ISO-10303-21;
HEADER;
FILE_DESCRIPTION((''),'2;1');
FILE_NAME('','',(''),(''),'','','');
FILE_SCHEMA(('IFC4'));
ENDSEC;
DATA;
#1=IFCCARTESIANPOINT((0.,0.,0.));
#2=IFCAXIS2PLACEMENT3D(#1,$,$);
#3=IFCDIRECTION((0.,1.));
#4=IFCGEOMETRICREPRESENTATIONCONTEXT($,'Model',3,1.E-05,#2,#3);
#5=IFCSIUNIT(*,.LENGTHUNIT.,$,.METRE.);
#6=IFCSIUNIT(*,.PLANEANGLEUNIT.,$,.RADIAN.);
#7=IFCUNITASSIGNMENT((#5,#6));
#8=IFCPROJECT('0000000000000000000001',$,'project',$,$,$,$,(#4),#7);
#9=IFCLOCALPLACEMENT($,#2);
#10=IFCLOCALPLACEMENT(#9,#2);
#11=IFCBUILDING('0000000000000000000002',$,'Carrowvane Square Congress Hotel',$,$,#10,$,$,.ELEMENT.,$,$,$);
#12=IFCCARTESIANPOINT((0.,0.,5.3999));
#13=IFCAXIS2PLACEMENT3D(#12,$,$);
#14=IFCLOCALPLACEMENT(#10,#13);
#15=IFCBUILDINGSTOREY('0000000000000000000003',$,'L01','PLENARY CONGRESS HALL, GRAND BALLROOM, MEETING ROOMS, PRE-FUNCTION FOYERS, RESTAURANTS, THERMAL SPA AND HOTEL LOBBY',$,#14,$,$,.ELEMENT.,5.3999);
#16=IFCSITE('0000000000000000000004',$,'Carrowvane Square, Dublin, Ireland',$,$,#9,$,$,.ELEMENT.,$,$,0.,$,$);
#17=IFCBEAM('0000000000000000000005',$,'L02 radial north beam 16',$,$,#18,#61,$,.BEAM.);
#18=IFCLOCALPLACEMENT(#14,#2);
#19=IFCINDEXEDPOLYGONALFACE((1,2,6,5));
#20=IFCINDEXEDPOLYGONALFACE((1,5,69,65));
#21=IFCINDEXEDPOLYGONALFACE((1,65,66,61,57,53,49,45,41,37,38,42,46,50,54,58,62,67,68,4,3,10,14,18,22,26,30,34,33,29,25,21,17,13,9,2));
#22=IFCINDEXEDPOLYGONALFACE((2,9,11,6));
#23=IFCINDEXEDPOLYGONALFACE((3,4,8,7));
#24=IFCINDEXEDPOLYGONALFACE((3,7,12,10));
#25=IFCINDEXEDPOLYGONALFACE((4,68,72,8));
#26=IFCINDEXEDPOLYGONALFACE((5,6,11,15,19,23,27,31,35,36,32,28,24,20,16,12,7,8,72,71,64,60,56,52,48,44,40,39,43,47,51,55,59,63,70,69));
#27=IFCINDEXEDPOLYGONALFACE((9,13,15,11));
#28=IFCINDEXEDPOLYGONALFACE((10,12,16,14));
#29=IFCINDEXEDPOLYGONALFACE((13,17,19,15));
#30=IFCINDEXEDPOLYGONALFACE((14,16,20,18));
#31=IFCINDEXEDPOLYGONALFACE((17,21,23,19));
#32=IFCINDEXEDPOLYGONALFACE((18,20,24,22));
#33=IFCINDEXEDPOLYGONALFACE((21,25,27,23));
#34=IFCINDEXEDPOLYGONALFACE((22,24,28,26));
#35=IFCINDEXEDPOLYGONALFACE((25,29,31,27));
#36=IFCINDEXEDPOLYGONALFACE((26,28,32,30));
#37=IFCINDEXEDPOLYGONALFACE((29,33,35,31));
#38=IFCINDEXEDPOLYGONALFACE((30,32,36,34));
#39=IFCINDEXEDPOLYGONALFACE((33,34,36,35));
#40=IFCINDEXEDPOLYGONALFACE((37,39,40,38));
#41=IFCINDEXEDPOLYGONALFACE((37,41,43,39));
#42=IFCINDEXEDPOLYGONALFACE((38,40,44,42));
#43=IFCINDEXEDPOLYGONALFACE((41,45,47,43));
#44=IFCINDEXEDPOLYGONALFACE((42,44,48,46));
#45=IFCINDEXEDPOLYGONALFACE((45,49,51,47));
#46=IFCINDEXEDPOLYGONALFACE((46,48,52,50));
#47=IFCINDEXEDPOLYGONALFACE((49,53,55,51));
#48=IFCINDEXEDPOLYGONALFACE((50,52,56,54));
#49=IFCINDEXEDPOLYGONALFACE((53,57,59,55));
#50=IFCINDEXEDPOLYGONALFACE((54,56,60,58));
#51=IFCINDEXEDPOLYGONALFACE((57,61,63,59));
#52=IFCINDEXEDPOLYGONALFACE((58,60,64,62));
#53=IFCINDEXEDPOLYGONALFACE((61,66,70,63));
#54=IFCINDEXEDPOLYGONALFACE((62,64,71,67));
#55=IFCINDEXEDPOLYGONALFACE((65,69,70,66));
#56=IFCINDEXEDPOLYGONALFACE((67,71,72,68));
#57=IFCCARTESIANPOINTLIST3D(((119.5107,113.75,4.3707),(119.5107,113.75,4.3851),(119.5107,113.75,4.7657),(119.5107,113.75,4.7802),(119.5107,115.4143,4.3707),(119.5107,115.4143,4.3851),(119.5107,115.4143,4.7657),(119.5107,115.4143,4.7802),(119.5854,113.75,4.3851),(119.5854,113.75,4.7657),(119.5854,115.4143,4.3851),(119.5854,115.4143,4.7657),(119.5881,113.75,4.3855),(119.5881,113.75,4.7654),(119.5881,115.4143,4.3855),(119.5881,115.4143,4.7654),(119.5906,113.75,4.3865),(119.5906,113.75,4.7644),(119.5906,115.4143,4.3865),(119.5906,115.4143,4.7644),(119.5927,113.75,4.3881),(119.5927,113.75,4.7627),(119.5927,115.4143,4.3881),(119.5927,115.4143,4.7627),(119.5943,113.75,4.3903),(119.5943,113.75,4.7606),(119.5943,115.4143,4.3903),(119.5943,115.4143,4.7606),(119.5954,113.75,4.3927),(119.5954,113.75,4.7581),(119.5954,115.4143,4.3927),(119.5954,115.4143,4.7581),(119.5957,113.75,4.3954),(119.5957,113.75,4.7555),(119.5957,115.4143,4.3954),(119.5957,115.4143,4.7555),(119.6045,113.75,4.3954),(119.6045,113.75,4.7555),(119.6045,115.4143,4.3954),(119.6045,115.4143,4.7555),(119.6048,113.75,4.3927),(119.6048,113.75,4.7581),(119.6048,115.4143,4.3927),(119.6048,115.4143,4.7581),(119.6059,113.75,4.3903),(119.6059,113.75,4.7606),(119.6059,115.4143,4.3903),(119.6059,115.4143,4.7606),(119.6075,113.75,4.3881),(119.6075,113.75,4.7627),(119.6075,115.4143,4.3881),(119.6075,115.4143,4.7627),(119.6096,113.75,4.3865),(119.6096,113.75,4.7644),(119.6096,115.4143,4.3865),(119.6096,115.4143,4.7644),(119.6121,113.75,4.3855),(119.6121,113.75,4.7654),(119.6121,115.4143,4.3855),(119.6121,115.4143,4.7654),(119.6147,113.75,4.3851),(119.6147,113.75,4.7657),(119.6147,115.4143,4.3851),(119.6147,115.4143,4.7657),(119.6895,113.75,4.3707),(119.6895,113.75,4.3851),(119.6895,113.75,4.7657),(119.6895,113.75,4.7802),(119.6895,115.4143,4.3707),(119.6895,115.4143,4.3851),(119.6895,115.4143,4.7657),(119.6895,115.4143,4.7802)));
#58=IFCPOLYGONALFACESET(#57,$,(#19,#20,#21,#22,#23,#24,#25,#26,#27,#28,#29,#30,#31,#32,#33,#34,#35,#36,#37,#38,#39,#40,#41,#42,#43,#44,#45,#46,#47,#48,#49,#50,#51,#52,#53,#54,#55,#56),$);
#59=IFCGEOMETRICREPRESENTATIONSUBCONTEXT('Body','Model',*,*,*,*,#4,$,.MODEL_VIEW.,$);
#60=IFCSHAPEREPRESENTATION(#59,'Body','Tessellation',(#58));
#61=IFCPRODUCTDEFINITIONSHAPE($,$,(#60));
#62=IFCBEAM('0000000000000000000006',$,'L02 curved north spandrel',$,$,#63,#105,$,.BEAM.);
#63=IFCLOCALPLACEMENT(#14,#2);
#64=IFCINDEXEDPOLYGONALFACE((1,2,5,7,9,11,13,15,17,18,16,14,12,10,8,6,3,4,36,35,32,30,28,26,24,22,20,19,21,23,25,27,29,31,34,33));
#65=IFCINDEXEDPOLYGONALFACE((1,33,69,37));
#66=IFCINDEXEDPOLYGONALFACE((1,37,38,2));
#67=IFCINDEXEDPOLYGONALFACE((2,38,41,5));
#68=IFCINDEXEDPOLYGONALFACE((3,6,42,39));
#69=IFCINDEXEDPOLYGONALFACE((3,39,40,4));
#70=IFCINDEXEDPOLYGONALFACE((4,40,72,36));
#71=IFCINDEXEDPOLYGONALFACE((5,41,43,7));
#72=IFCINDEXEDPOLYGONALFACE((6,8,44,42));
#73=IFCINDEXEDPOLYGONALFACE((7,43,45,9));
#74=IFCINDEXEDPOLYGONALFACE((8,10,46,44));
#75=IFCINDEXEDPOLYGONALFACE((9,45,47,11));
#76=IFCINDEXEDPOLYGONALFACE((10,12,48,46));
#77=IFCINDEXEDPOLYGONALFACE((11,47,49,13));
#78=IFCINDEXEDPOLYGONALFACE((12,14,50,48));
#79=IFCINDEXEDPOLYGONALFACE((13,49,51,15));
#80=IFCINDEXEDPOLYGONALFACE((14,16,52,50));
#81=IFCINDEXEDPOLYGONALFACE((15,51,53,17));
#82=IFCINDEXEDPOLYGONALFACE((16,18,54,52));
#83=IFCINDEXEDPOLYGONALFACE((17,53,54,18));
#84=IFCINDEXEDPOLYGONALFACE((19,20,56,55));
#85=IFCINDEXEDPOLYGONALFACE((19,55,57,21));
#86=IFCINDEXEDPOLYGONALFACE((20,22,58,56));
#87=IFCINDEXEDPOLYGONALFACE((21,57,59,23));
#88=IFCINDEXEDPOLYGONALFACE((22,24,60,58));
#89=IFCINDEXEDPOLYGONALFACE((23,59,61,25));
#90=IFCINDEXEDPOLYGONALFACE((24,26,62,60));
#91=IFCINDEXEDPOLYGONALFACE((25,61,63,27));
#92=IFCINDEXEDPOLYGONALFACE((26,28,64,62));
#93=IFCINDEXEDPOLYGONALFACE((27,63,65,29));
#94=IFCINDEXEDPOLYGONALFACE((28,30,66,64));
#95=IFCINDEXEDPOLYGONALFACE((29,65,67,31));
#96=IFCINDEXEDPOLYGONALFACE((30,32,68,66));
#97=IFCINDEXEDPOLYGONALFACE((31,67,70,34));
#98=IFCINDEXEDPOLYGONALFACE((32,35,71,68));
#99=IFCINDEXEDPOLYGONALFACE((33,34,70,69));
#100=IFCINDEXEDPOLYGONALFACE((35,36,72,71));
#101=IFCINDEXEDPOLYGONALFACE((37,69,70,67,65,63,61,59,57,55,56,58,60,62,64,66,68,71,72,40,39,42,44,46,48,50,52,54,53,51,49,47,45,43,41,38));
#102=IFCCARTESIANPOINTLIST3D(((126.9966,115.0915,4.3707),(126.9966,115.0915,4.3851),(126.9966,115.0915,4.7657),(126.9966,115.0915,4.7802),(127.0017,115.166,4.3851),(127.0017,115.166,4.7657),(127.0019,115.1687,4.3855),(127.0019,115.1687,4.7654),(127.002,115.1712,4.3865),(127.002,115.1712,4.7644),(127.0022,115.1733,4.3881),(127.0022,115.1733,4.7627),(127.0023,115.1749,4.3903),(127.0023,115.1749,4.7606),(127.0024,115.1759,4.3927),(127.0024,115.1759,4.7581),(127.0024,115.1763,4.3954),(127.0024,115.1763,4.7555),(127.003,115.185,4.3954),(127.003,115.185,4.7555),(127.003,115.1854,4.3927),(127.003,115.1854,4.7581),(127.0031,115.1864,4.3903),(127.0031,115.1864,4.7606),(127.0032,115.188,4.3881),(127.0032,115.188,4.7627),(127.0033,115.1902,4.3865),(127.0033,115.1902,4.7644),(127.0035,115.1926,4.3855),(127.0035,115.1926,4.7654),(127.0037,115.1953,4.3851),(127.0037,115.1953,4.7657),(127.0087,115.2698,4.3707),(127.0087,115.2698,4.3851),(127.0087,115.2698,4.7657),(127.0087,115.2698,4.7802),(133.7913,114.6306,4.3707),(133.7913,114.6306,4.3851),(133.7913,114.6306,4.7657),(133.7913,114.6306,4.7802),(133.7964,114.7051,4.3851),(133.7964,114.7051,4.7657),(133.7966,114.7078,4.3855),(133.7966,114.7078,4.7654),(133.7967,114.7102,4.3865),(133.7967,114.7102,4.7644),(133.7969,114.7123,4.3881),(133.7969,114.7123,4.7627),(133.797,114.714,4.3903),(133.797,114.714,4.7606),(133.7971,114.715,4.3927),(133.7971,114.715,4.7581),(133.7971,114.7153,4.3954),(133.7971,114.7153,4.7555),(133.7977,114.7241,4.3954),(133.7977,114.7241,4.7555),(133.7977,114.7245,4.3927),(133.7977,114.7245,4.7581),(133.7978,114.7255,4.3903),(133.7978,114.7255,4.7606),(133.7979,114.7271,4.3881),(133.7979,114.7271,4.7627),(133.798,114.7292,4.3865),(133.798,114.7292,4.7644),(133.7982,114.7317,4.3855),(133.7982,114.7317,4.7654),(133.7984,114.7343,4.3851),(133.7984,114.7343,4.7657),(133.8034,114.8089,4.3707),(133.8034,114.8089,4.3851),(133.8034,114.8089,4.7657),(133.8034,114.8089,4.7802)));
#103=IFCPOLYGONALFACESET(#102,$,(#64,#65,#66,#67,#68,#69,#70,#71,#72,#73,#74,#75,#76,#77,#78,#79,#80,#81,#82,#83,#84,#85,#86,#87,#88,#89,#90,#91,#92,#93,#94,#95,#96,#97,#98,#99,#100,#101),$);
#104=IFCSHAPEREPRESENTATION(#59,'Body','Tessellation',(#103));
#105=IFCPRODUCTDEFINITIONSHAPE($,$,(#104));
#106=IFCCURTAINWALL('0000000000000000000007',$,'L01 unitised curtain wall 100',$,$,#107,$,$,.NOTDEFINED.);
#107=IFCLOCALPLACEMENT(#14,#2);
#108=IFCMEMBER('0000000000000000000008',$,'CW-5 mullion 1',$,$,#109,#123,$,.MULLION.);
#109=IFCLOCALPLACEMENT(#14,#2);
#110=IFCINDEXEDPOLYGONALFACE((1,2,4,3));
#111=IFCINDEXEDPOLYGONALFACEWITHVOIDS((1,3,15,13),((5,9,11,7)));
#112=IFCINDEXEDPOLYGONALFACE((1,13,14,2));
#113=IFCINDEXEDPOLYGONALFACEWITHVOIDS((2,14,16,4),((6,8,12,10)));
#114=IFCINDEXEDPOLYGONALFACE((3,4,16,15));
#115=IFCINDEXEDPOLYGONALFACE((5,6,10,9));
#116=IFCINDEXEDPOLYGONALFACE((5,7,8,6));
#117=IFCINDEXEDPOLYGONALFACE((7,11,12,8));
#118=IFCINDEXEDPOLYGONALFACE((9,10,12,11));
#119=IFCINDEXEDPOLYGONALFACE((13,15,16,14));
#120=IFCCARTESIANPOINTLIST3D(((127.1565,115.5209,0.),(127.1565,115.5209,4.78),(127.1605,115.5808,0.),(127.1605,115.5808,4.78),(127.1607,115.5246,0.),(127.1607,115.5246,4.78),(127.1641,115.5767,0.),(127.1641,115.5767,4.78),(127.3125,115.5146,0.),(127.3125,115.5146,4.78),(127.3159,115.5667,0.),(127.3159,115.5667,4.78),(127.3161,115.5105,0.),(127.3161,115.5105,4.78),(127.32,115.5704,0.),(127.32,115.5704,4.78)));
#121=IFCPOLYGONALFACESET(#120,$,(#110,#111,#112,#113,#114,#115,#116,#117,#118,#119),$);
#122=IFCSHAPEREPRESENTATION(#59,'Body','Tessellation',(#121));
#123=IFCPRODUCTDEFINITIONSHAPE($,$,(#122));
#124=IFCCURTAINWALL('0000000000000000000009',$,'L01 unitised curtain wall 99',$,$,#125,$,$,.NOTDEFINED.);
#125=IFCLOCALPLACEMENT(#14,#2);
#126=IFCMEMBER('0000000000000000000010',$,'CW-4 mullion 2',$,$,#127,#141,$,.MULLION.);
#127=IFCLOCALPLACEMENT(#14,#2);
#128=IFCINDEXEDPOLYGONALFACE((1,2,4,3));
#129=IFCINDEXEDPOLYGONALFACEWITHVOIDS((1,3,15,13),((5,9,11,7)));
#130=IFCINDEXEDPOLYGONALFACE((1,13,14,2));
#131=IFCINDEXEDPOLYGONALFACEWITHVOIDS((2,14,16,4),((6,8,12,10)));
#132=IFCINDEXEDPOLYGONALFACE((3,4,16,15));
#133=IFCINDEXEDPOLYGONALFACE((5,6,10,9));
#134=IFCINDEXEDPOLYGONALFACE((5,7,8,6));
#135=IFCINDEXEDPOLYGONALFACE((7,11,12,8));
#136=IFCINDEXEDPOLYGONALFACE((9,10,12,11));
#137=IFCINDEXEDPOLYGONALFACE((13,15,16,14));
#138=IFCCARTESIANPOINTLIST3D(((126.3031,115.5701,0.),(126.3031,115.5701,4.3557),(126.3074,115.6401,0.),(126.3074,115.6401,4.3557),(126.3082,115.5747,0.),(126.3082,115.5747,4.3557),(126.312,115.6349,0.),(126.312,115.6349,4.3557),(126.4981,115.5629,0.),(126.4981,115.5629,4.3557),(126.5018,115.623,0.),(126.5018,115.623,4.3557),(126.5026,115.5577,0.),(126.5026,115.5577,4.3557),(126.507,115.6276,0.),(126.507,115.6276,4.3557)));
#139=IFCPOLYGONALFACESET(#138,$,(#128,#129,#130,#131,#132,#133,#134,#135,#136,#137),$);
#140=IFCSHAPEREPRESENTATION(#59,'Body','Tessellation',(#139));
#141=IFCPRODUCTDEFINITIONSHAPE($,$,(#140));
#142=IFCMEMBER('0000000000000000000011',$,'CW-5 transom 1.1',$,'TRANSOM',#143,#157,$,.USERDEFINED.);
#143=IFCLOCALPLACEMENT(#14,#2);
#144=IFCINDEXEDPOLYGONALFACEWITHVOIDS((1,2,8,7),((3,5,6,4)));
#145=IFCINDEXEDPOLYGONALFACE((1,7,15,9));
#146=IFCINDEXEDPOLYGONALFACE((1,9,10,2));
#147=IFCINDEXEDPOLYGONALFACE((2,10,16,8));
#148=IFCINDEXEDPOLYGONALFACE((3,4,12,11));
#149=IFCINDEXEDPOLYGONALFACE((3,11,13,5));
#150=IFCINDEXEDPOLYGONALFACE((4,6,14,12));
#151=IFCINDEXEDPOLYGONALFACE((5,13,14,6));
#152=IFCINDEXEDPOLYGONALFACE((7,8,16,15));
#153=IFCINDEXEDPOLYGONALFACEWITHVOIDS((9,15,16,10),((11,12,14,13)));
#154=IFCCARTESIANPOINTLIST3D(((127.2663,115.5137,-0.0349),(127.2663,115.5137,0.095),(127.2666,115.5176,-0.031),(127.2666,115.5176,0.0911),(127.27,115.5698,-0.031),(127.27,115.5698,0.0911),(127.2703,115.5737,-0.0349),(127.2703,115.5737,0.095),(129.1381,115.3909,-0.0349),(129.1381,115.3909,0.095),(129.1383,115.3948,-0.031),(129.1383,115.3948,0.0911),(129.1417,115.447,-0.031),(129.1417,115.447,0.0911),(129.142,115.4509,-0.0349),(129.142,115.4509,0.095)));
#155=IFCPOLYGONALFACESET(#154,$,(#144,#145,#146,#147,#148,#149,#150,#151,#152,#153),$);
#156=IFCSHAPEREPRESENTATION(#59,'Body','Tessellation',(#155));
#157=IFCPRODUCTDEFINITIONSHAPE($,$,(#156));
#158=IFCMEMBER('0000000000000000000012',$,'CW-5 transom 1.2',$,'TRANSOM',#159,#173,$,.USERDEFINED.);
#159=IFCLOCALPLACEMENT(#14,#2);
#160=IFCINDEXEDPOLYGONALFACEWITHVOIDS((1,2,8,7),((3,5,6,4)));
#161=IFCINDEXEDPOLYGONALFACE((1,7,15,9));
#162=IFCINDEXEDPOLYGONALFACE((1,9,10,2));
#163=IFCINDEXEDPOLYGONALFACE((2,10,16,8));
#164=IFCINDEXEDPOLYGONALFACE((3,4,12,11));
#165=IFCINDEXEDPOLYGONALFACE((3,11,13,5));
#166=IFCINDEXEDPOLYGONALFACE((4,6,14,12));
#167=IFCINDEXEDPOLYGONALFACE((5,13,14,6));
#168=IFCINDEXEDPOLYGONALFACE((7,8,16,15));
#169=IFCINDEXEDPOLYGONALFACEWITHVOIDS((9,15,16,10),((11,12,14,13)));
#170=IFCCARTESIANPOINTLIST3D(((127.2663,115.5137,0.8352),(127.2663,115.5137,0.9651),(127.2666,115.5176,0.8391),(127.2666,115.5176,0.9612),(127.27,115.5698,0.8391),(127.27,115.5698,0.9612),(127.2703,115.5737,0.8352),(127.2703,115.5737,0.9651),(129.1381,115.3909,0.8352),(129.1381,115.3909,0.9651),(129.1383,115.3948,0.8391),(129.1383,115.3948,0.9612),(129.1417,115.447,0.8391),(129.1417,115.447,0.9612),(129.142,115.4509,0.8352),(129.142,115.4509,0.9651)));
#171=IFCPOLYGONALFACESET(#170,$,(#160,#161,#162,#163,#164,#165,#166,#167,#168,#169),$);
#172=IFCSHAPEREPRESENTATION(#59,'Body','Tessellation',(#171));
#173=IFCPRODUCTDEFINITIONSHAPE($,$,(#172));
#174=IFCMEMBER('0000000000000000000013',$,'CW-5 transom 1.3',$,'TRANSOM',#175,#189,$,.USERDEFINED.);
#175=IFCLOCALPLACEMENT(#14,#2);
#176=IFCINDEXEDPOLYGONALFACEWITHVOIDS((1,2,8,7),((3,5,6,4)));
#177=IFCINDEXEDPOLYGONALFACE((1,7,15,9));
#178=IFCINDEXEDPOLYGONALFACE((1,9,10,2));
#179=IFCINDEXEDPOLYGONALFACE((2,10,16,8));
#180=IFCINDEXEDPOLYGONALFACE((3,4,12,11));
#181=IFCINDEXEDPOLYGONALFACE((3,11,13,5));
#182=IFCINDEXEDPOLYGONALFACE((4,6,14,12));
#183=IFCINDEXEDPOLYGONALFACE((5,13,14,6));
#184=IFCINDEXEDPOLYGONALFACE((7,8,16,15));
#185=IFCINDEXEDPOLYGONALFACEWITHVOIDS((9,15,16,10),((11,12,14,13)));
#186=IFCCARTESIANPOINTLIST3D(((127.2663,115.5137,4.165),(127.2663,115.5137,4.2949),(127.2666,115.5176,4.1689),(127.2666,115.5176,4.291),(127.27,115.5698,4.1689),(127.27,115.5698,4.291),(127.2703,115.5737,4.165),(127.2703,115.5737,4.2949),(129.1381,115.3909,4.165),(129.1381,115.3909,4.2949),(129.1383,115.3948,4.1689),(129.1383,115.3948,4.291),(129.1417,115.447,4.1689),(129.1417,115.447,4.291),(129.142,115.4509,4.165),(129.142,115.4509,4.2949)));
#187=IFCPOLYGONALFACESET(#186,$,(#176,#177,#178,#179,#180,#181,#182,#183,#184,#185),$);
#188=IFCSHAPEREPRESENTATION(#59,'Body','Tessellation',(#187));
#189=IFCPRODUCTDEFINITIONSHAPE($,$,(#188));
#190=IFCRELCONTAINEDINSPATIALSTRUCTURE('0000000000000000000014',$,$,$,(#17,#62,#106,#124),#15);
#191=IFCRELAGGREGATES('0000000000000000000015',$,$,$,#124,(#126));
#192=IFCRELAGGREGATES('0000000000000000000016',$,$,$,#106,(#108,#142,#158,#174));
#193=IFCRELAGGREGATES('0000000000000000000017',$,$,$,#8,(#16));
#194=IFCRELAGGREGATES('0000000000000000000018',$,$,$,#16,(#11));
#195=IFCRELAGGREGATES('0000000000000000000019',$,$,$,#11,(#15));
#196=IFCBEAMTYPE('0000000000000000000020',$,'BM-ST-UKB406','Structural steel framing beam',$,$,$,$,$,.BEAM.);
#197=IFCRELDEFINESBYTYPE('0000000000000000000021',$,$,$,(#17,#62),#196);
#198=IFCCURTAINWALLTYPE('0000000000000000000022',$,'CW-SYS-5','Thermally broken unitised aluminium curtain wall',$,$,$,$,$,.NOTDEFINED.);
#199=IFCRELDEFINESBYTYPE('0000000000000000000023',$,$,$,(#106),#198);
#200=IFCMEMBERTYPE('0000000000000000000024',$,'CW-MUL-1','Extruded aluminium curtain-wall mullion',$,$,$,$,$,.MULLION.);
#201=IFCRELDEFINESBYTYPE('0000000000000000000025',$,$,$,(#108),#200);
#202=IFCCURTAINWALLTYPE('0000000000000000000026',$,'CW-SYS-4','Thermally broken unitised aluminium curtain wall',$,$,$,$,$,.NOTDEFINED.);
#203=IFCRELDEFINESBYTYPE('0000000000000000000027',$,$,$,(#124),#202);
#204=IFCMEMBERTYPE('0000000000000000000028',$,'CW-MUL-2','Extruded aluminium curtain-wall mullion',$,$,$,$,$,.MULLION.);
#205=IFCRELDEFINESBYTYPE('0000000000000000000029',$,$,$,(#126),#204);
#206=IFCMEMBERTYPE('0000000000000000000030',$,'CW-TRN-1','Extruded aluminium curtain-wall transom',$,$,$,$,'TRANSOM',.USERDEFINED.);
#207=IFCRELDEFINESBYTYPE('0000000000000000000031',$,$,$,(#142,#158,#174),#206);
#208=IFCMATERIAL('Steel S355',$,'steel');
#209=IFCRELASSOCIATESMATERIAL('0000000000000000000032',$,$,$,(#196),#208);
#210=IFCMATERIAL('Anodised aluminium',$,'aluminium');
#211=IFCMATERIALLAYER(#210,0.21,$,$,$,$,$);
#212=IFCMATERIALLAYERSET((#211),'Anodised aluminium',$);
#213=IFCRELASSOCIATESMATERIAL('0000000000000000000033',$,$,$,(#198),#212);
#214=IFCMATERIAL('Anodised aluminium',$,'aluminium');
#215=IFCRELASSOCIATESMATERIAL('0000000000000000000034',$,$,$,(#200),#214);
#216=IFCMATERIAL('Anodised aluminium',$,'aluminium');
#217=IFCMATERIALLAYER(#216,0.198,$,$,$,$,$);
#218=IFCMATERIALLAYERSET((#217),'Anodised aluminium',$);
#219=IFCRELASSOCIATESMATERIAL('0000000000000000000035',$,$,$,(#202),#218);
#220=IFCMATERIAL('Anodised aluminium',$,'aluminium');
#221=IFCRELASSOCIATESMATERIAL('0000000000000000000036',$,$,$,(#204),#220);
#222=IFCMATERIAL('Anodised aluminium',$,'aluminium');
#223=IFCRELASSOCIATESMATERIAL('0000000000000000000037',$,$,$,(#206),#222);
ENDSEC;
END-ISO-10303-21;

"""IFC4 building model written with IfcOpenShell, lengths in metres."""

from ifc_helpers import new_model, si_unit, direction, frame, origin, origin_2d, place, context, subcontext, project, spatial, hollow_rectangle, i_section, extrude, material, layer, layer_set, material_profile, profile_set, type_object, element, aggregate, save


model = new_model("IFC4")

# Units and contexts
model_context = context("Model", 3, precision=1e-05, world=origin(), true_north=direction((0.0, 1.0)))
body_context = subcontext(model_context, "Body", "Model", "MODEL_VIEW")
ifc_project = project(units=[si_unit("LENGTHUNIT", "METRE"), si_unit("PLANEANGLEUNIT", "RADIAN")], contexts=[model_context])

# Site, building, storey
site_placement = place(None, origin())
site = spatial("IfcSite", under=ifc_project, at=site_placement, Name="Carrowvane Square, Dublin, Ireland", CompositionType="ELEMENT", RefElevation=0.0)
building_placement = place(site_placement, origin())
building = spatial("IfcBuilding", under=site, at=building_placement, Name="Carrowvane Square Congress Hotel", CompositionType="ELEMENT")
storey_placement = place(building_placement, frame((0.0, 0.0, 5.3999)))
storey = spatial("IfcBuildingStorey", under=building, at=storey_placement, Name="L01", Description="PLENARY CONGRESS HALL, GRAND BALLROOM, MEETING ROOMS, PRE-FUNCTION FOYERS, RESTAURANTS, THERMAL SPA AND HOTEL LOBBY", CompositionType="ELEMENT", Elevation=5.3999)

# Beams
ifc_material_1 = material(Name="Steel S355", Category="steel")
ifc_material_profile_1 = material_profile(ifc_material_1, i_section(OverallWidth=0.1787, OverallDepth=0.4094, WebThickness=0.0088, FlangeThickness=0.0144, FilletRadius=0.0103, at=origin_2d()), Name="UKB 406x178x67")
ifc_profile_set_1 = profile_set([ifc_material_profile_1], Name="Steel S355")
beam_type_1 = type_object("IfcBeamType", Name="BM-ST-UKB406", Description="Structural steel framing beam", PredefinedType="BEAM", material=ifc_profile_set_1)
beam_1_placement = place(storey_placement, frame((119.6001, 113.75, 4.5754), z_axis=(0.0, 1.0, 0.0), x_axis=(-1.0, 0.0, 0.0)))
element("IfcBeam", 1, at=beam_1_placement, inside=storey, type_object=beam_type_1, Name="L02 radial north beam 16", PredefinedType="BEAM", context=body_context, shape_type="SweptSolid", body=[
    extrude(i_section(OverallWidth=0.1787, OverallDepth=0.4094, WebThickness=0.0088, FlangeThickness=0.0144, FilletRadius=0.0103, at=origin_2d()), origin(), (0.0, 0.0, 1.0), 1.6643),
])
beam_2_placement = place(storey_placement, frame((127.0027, 115.1807, 4.5754), z_axis=(0.997707, -0.067682, 0.0), x_axis=(0.067682, 0.997707, 0.0)))
element("IfcBeam", 2, at=beam_2_placement, inside=storey, type_object=beam_type_1, Name="L02 curved north spandrel", PredefinedType="BEAM", context=body_context, shape_type="SweptSolid", body=[
    extrude(i_section(OverallWidth=0.1787, OverallDepth=0.4094, WebThickness=0.0088, FlangeThickness=0.0144, FilletRadius=0.0103, at=origin_2d()), origin(), (0.0, 0.0, 1.0), 6.8103),
])

# Curtain walls, members
ifc_material_2 = material(Name="Anodised aluminium", Category="aluminium")
ifc_layer_1 = layer(ifc_material_2, 0.21)
ifc_layer_set_1 = layer_set([ifc_layer_1], Name="Anodised aluminium")
curtain_wall_type_1 = type_object("IfcCurtainWallType", Name="CW-SYS-5", Description="Thermally broken unitised aluminium curtain wall", PredefinedType="NOTDEFINED", material=ifc_layer_set_1)
curtain_wall_1_placement = place(storey_placement, origin())
curtain_wall_1 = element("IfcCurtainWall", 3, at=curtain_wall_1_placement, inside=storey, type_object=curtain_wall_type_1, Name="L01 unitised curtain wall 100", PredefinedType="NOTDEFINED")
ifc_material_3 = material(Name="Anodised aluminium", Category="aluminium")
ifc_material_profile_2 = material_profile(ifc_material_3, hollow_rectangle(XDim=0.0601, YDim=0.1599, WallThickness=0.0039, at=origin_2d()), Name="CW-ML 60x160x4")
ifc_profile_set_2 = profile_set([ifc_material_profile_2], Name="Anodised aluminium")
member_type_1 = type_object("IfcMemberType", Name="CW-MUL-1", Description="Extruded aluminium curtain-wall mullion", PredefinedType="MULLION", material=ifc_profile_set_2)
member_1_placement = place(storey_placement, frame((127.2383, 115.5457, 0.0), z_axis=(0.0, 0.0, 1.0), x_axis=(0.065414, 0.997858, 0.0)))
member_1 = element("IfcMember", 4, at=member_1_placement, type_object=member_type_1, Name="CW-5 mullion 1", PredefinedType="MULLION", context=body_context, shape_type="SweptSolid", body=[
    extrude(hollow_rectangle(XDim=0.0601, YDim=0.1599, WallThickness=0.0039, at=origin_2d()), origin(), (0.0, 0.0, 1.0), 4.78),
])
ifc_material_4 = material(Name="Anodised aluminium", Category="aluminium")
ifc_layer_2 = layer(ifc_material_4, 0.198)
ifc_layer_set_2 = layer_set([ifc_layer_2], Name="Anodised aluminium")
curtain_wall_type_2 = type_object("IfcCurtainWallType", Name="CW-SYS-4", Description="Thermally broken unitised aluminium curtain wall", PredefinedType="NOTDEFINED", material=ifc_layer_set_2)
curtain_wall_2_placement = place(storey_placement, origin())
curtain_wall_2 = element("IfcCurtainWall", 5, at=curtain_wall_2_placement, inside=storey, type_object=curtain_wall_type_2, Name="L01 unitised curtain wall 99", PredefinedType="NOTDEFINED")
ifc_material_5 = material(Name="Anodised aluminium", Category="aluminium")
ifc_material_profile_3 = material_profile(ifc_material_5, hollow_rectangle(XDim=0.0701, YDim=0.2, WallThickness=0.0049, at=origin_2d()), Name="CW-ML 70x200x5")
ifc_profile_set_3 = profile_set([ifc_material_profile_3], Name="Anodised aluminium")
member_type_2 = type_object("IfcMemberType", Name="CW-MUL-2", Description="Extruded aluminium curtain-wall mullion", PredefinedType="MULLION", material=ifc_profile_set_3)
member_2_placement = place(storey_placement, frame((126.405, 115.5989, 0.0), z_axis=(0.0, 0.0, 1.0), x_axis=(0.062397, 0.998051, 0.0)))
member_2 = element("IfcMember", 6, at=member_2_placement, type_object=member_type_2, Name="CW-4 mullion 2", PredefinedType="MULLION", context=body_context, shape_type="SweptSolid", body=[
    extrude(hollow_rectangle(XDim=0.0701, YDim=0.2, WallThickness=0.0049, at=origin_2d()), origin(), (0.0, 0.0, 1.0), 4.3557),
])
aggregate(curtain_wall_2, [member_2])

# Members
ifc_material_6 = material(Name="Anodised aluminium", Category="aluminium")
ifc_material_profile_4 = material_profile(ifc_material_6, hollow_rectangle(XDim=0.0601, YDim=0.1299, WallThickness=0.0039, at=origin_2d()), Name="CW-TR 60x130x4")
ifc_profile_set_4 = profile_set([ifc_material_profile_4], Name="Anodised aluminium")
member_type_3 = type_object("IfcMemberType", Name="CW-TRN-1", Description="Extruded aluminium curtain-wall transom", ElementType="TRANSOM", PredefinedType="USERDEFINED", material=ifc_profile_set_4)
member_3_placement = place(storey_placement, frame((127.2683, 115.5437, 0.03), z_axis=(0.997855, -0.065465, 0.0), x_axis=(0.065465, 0.997855, 0.0)))
member_3 = element("IfcMember", 7, at=member_3_placement, type_object=member_type_3, Name="CW-5 transom 1.1", ObjectType="TRANSOM", PredefinedType="USERDEFINED", context=body_context, shape_type="SweptSolid", body=[
    extrude(hollow_rectangle(XDim=0.0601, YDim=0.1299, WallThickness=0.0039, at=origin_2d()), origin(), (0.0, 0.0, 1.0), 1.8757),
])
member_4_placement = place(storey_placement, frame((127.2683, 115.5437, 0.9001), z_axis=(0.997855, -0.065465, 0.0), x_axis=(0.065465, 0.997855, 0.0)))
member_4 = element("IfcMember", 8, at=member_4_placement, type_object=member_type_3, Name="CW-5 transom 1.2", ObjectType="TRANSOM", PredefinedType="USERDEFINED", context=body_context, shape_type="SweptSolid", body=[
    extrude(hollow_rectangle(XDim=0.0601, YDim=0.1299, WallThickness=0.0039, at=origin_2d()), origin(), (0.0, 0.0, 1.0), 1.8757),
])
member_5_placement = place(storey_placement, frame((127.2683, 115.5437, 4.23), z_axis=(0.997855, -0.065465, 0.0), x_axis=(0.065465, 0.997855, 0.0)))
member_5 = element("IfcMember", 9, at=member_5_placement, type_object=member_type_3, Name="CW-5 transom 1.3", ObjectType="TRANSOM", PredefinedType="USERDEFINED", context=body_context, shape_type="SweptSolid", body=[
    extrude(hollow_rectangle(XDim=0.0601, YDim=0.1299, WallThickness=0.0039, at=origin_2d()), origin(), (0.0, 0.0, 1.0), 1.8757),
])

aggregate(curtain_wall_1, [member_1, member_3, member_4, member_5])

save(model, "model.ifc")
